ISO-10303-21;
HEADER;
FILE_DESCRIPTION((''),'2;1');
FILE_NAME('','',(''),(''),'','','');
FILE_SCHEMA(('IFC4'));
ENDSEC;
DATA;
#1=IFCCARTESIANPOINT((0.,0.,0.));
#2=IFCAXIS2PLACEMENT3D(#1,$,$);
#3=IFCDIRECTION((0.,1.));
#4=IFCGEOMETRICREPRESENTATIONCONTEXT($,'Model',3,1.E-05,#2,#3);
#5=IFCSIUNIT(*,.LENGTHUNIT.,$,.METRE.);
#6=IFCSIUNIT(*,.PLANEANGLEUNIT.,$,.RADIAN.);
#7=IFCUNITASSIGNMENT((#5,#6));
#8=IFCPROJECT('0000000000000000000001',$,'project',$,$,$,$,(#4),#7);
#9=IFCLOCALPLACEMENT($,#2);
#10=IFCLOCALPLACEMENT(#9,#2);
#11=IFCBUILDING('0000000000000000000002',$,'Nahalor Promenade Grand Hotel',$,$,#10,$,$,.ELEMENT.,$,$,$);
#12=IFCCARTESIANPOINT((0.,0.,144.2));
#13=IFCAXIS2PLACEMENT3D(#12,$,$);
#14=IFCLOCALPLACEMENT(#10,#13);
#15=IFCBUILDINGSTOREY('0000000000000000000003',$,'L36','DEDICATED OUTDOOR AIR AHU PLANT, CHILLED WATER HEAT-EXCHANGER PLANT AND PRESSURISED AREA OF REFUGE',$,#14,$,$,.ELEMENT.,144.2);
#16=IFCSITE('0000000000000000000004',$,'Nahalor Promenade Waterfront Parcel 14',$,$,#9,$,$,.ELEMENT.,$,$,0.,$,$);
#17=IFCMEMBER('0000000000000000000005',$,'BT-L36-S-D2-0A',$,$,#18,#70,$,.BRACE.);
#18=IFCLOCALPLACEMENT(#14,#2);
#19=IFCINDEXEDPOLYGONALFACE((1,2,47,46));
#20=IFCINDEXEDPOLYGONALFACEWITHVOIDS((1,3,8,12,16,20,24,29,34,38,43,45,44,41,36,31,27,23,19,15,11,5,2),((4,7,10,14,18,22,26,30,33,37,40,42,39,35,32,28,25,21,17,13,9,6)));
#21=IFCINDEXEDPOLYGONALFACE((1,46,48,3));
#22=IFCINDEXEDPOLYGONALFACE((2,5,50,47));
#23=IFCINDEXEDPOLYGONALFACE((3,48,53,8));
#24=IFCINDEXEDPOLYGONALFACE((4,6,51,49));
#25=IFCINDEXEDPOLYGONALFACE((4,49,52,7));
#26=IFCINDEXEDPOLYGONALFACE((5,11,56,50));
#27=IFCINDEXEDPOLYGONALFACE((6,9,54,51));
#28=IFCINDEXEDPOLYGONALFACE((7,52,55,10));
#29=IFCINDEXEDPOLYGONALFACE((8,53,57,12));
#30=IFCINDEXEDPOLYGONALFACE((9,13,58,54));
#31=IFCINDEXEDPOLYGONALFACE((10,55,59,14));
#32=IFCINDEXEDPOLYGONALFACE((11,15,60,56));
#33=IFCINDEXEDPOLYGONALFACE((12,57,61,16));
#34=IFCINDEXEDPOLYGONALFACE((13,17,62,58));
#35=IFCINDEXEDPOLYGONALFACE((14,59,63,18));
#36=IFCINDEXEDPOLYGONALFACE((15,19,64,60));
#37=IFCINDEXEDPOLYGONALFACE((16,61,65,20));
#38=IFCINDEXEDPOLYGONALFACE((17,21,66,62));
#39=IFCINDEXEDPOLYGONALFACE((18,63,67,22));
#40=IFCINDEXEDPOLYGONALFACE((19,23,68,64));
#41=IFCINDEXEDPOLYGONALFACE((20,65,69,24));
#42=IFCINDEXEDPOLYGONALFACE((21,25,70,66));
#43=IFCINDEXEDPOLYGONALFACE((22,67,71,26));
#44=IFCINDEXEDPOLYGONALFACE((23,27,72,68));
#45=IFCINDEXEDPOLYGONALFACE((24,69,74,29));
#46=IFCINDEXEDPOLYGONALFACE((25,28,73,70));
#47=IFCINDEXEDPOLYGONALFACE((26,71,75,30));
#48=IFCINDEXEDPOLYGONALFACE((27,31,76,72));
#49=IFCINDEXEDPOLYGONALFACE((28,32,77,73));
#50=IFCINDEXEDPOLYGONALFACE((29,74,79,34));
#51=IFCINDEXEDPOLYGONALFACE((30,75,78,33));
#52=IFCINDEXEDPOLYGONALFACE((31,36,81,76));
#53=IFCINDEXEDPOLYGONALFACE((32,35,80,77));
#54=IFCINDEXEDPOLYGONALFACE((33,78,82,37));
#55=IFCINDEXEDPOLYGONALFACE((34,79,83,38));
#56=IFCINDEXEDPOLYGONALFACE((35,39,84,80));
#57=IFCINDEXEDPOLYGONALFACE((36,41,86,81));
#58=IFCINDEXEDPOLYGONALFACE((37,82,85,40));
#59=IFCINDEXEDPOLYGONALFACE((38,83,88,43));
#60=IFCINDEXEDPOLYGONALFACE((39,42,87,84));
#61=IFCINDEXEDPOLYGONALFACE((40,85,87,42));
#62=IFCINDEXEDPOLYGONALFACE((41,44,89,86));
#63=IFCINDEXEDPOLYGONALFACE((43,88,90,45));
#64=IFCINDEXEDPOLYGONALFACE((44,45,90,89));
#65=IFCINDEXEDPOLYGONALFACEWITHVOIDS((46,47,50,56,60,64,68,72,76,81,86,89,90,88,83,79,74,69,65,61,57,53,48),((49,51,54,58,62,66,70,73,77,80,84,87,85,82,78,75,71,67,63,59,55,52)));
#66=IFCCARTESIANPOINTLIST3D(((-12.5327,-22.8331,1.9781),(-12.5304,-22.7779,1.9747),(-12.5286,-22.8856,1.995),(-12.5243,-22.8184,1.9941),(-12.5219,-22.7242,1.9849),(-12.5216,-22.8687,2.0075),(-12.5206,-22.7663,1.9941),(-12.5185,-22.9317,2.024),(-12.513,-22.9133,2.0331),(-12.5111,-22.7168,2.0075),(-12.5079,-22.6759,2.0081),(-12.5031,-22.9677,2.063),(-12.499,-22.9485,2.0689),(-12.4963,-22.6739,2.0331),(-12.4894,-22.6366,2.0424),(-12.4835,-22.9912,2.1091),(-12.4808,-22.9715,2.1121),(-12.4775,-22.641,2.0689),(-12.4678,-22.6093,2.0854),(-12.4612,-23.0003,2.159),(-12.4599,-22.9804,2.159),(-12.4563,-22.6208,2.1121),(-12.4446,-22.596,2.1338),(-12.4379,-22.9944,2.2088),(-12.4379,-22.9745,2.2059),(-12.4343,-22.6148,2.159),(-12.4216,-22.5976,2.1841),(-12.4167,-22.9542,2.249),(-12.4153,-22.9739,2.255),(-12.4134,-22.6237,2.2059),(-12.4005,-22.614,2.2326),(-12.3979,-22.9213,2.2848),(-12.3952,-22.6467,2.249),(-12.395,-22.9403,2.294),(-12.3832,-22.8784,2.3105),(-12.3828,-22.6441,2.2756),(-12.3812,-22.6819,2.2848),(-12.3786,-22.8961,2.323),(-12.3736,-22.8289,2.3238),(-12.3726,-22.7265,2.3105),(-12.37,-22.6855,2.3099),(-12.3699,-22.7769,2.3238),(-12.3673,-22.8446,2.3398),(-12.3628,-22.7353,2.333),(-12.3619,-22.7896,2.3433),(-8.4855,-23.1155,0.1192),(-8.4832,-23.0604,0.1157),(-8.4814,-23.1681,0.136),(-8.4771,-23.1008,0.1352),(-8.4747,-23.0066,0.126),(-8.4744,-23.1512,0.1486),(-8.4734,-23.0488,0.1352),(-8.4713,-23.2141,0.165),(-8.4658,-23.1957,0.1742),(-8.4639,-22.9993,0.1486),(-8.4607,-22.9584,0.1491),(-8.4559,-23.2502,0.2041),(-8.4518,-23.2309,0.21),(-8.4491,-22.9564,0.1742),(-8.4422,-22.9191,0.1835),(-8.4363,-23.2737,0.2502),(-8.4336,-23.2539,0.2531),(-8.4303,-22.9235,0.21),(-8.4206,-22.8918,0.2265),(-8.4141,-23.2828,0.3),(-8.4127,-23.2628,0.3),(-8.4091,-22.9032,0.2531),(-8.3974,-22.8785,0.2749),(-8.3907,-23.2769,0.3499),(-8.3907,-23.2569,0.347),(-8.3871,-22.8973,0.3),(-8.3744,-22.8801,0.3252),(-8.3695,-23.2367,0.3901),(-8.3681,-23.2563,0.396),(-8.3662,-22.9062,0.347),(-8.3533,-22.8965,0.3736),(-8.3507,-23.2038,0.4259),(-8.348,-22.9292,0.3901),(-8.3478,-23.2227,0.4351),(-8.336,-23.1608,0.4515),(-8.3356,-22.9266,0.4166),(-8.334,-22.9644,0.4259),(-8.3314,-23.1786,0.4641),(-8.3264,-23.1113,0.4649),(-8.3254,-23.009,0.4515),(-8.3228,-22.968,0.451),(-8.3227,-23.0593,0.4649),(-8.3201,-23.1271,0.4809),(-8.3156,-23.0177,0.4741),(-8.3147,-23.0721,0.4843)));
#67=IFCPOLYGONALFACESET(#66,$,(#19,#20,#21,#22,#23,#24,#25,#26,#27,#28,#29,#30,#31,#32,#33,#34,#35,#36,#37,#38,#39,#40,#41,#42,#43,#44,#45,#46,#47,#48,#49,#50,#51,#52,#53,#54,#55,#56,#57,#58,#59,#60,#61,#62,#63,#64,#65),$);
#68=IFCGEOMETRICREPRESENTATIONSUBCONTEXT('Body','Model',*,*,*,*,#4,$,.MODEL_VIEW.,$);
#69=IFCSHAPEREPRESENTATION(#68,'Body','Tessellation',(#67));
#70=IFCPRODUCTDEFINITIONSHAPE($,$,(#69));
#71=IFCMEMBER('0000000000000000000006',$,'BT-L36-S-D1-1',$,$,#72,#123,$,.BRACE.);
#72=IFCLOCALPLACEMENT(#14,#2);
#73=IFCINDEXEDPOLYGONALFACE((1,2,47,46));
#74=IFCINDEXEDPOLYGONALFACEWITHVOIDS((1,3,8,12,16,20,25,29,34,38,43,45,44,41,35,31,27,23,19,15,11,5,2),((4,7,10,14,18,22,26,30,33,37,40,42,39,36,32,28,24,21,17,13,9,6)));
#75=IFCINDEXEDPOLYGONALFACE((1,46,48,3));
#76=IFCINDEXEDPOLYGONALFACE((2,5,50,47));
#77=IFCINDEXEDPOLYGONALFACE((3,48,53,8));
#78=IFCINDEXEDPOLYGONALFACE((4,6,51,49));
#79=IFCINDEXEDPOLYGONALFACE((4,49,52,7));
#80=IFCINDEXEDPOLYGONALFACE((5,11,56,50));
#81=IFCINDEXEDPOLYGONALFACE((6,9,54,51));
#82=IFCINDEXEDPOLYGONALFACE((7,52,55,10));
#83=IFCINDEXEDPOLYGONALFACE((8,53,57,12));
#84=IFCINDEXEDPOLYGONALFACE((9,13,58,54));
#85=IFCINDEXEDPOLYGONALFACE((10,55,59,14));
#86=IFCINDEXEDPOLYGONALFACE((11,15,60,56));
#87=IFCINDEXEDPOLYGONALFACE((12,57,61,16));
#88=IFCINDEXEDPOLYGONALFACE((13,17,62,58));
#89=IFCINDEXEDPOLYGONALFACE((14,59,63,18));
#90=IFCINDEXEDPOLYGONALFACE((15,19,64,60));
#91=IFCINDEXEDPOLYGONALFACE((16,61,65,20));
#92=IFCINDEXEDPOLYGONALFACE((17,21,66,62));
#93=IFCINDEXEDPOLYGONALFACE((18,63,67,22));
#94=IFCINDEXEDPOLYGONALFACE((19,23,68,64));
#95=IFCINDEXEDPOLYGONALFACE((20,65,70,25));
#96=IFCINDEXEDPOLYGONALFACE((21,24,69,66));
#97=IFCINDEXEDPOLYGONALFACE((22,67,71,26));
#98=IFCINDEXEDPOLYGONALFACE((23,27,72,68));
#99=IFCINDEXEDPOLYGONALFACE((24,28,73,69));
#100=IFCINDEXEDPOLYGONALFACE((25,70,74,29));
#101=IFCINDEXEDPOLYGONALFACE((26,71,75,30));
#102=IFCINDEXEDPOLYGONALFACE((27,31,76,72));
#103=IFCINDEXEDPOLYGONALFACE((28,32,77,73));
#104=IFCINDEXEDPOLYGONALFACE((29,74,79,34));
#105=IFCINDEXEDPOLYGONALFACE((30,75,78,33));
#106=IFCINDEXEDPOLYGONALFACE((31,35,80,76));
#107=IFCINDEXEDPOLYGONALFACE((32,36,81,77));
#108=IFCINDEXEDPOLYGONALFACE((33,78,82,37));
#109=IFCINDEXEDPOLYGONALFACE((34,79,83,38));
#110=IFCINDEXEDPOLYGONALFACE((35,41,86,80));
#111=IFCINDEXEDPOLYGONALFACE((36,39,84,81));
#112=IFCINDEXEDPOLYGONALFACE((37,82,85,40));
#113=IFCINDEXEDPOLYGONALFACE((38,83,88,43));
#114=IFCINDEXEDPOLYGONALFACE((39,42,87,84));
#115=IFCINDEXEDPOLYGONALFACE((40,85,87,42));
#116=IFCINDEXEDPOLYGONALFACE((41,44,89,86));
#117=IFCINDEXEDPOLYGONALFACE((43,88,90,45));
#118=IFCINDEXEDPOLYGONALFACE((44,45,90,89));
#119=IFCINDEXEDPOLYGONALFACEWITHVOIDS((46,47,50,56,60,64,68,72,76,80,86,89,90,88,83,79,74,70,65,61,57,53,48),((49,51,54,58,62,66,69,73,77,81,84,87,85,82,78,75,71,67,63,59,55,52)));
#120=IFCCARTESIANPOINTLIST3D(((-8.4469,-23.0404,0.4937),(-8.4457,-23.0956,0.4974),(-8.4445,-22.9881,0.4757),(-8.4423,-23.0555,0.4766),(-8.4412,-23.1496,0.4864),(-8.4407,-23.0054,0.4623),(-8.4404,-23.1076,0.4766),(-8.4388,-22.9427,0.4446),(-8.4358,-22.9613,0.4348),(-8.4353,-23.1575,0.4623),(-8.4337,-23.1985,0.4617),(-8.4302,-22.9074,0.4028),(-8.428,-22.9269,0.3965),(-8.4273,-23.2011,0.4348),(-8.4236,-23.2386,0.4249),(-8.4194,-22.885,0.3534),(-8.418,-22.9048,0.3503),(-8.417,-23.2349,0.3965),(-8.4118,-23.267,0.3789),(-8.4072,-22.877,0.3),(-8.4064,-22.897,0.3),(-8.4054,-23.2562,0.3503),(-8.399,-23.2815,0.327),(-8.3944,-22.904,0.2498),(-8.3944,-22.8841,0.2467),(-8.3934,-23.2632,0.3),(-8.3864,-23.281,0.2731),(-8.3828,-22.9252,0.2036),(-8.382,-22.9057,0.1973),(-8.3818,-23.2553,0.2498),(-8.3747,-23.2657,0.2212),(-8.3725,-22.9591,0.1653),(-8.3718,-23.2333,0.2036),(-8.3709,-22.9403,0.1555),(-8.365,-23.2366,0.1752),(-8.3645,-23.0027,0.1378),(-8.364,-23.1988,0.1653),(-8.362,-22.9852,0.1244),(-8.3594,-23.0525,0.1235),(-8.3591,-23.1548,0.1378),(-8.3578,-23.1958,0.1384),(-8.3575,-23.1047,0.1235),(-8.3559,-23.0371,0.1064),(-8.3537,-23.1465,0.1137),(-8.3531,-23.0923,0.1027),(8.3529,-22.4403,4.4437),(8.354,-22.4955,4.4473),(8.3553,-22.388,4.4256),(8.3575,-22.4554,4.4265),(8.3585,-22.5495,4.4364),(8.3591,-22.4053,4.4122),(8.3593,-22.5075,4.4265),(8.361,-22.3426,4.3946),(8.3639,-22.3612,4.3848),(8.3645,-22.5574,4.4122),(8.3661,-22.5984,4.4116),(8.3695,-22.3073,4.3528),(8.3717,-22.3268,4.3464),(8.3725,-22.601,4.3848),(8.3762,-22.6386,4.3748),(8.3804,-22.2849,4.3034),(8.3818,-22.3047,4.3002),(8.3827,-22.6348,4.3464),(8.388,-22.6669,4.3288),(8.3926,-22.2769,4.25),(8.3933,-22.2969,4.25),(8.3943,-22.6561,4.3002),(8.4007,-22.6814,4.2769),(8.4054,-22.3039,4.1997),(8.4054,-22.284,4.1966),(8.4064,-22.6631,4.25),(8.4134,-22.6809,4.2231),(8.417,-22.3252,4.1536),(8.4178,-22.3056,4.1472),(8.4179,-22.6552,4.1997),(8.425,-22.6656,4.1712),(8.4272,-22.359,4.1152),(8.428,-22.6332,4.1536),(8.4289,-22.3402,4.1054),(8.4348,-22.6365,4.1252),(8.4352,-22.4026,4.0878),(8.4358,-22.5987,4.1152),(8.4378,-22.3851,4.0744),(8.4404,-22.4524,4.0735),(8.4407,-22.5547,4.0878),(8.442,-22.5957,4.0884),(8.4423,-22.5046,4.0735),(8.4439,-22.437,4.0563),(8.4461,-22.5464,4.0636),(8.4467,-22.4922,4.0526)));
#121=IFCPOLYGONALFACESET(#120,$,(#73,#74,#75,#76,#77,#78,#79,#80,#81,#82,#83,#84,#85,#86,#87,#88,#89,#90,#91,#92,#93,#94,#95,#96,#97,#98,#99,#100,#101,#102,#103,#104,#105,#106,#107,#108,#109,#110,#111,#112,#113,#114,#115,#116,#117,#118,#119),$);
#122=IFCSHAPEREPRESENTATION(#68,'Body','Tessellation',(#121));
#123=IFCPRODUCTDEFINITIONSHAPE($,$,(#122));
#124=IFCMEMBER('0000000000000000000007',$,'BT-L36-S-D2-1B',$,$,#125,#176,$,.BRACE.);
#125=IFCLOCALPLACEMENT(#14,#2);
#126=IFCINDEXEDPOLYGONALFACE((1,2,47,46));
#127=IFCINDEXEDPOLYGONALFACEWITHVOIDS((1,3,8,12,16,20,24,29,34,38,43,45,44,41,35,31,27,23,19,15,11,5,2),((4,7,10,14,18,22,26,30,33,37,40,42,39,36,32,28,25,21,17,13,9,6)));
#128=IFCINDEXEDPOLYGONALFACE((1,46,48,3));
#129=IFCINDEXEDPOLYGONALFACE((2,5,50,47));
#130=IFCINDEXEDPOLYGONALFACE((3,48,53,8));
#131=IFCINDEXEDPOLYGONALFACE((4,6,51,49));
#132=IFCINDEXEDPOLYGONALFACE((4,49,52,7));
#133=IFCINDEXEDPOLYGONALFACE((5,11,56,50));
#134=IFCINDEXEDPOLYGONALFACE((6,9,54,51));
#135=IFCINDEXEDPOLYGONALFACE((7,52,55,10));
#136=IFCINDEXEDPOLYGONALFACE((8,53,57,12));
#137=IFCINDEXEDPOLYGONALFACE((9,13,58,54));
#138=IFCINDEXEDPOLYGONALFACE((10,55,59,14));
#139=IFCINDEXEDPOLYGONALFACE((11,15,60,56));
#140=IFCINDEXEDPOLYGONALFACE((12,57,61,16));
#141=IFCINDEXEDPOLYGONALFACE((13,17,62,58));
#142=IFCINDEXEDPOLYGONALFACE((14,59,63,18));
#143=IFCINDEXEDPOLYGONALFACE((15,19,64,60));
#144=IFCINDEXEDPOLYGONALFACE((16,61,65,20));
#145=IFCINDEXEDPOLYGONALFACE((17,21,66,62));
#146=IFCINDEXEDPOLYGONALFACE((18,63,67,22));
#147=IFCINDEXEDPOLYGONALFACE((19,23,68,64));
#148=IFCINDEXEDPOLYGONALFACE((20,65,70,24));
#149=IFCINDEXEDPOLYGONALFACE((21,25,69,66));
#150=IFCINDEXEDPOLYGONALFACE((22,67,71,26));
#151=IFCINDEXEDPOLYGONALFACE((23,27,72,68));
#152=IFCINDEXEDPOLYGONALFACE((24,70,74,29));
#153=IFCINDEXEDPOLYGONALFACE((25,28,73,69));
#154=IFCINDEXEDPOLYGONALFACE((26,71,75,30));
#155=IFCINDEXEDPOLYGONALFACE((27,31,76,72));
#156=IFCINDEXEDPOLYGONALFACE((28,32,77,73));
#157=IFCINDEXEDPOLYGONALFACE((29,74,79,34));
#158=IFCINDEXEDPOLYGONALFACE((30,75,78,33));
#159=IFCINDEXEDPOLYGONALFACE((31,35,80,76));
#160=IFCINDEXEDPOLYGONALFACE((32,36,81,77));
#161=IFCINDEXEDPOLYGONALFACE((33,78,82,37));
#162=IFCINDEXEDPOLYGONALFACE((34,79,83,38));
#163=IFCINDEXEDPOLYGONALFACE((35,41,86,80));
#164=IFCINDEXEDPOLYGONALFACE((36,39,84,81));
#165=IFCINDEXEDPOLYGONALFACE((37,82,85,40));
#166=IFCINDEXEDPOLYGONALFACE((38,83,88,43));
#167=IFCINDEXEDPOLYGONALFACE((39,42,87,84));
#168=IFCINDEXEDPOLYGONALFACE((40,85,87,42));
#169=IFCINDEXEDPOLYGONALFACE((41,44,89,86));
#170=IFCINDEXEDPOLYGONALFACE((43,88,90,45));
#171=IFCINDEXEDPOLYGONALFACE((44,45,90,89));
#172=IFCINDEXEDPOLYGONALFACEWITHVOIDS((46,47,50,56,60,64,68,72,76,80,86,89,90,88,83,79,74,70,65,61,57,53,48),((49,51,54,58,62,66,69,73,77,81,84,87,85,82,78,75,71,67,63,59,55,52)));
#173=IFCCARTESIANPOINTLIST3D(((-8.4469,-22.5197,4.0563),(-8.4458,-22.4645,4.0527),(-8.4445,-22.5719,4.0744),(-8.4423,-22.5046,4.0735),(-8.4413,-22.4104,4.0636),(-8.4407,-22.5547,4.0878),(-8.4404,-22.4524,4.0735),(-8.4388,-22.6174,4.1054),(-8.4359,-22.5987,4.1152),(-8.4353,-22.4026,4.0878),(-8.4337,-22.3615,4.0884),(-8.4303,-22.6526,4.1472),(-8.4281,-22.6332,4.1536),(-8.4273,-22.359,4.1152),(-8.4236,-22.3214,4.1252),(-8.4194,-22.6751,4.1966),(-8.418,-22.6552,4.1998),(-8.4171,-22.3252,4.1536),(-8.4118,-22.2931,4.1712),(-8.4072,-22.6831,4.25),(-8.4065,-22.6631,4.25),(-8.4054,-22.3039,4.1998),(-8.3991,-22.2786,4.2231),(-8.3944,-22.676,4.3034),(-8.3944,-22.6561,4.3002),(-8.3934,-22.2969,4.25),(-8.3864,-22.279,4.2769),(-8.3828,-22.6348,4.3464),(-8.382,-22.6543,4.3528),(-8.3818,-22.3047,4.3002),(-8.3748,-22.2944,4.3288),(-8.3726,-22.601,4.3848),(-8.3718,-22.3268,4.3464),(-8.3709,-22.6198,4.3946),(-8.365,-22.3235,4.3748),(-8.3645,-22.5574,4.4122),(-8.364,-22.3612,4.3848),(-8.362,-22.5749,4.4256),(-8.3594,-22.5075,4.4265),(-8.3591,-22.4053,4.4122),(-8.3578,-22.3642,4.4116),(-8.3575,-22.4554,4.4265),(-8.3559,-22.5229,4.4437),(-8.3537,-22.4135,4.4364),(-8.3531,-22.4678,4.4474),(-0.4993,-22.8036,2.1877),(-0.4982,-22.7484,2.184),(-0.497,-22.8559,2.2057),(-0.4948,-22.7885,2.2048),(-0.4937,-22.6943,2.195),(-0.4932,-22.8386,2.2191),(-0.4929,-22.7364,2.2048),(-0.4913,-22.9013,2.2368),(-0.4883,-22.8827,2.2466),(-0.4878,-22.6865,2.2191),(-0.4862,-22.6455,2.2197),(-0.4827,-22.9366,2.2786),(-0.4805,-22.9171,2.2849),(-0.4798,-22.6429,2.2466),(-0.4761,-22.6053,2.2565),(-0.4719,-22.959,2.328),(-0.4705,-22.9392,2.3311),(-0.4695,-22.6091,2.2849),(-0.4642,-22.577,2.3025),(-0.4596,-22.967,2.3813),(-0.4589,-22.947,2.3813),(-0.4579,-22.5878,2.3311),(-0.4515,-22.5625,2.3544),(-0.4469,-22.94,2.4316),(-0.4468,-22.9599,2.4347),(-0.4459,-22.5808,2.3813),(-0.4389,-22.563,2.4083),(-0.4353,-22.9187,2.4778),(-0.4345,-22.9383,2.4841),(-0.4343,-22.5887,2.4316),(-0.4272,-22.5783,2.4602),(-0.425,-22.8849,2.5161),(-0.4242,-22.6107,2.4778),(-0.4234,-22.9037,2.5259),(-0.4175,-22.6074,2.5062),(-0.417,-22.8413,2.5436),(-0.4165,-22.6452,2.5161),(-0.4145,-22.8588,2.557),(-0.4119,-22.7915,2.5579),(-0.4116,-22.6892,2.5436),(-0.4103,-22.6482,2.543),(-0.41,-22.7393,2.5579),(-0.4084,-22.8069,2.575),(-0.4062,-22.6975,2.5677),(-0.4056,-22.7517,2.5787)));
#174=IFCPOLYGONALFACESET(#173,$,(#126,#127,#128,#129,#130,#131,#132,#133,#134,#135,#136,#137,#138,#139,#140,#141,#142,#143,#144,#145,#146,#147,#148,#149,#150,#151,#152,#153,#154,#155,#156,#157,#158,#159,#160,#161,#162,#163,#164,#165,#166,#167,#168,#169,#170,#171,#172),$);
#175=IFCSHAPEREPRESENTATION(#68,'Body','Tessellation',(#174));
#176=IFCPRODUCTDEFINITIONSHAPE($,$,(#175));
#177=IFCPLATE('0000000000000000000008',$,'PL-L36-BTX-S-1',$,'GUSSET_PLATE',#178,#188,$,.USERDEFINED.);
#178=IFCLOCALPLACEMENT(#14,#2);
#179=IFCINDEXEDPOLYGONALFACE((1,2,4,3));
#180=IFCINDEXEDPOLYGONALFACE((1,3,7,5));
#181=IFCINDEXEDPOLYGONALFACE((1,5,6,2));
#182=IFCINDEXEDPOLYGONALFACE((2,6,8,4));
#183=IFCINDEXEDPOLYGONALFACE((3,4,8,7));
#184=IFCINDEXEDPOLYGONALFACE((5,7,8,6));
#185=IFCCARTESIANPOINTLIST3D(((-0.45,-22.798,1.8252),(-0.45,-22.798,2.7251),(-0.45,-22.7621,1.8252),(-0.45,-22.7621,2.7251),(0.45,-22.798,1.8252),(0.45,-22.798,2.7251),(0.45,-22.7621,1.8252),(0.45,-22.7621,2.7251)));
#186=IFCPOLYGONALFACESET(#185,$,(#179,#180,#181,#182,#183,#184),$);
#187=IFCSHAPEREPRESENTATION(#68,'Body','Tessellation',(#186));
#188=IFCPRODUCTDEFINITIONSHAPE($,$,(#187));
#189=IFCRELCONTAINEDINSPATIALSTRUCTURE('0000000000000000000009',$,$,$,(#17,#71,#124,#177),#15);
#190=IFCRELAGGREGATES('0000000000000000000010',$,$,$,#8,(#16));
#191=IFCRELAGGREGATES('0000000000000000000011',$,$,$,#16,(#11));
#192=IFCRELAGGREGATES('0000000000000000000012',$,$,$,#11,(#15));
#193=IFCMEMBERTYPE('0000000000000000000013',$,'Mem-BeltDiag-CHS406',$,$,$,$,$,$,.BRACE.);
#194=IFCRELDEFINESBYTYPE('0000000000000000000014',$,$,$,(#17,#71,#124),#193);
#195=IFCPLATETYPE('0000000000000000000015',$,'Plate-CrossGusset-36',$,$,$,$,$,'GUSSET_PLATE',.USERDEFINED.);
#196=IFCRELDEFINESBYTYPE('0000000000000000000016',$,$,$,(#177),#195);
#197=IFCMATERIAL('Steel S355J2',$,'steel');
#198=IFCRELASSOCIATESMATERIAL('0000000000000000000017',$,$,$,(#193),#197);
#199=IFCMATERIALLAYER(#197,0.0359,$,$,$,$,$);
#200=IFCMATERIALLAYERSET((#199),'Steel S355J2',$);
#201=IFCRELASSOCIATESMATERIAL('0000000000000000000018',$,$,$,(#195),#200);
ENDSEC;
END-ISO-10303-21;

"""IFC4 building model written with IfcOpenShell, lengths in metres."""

from ifc_helpers import new_model, si_unit, direction, frame, origin, origin_2d, place, context, subcontext, project, spatial, rectangle, hollow_circle, extrude, source, transform, mapped, material, layer, layer_set, material_profile, profile_set, type_object, element, save


model = new_model("IFC4")

# Units and contexts
model_context = context("Model", 3, precision=1e-05, world=origin(), true_north=direction((0.0, 1.0)))
body_context = subcontext(model_context, "Body", "Model", "MODEL_VIEW")
ifc_project = project(units=[si_unit("LENGTHUNIT", "METRE"), si_unit("PLANEANGLEUNIT", "RADIAN")], contexts=[model_context])

# Site, building, storey
site_placement = place(None, origin())
site = spatial("IfcSite", under=ifc_project, at=site_placement, Name="Nahalor Promenade Waterfront Parcel 14", CompositionType="ELEMENT", RefElevation=0.0)
building_placement = place(site_placement, origin())
building = spatial("IfcBuilding", under=site, at=building_placement, Name="Nahalor Promenade Grand Hotel", CompositionType="ELEMENT")
storey_placement = place(building_placement, frame((0.0, 0.0, 144.2)))
storey = spatial("IfcBuildingStorey", under=building, at=storey_placement, Name="L36", Description="DEDICATED OUTDOOR AIR AHU PLANT, CHILLED WATER HEAT-EXCHANGER PLANT AND PRESSURISED AREA OF REFUGE", CompositionType="ELEMENT", Elevation=144.2)

# Shared definitions
ifc_material_1 = material(Name="Steel S355J2", Category="steel")

# Members
ifc_material_profile_1 = material_profile(ifc_material_1, hollow_circle(Radius=0.2032, WallThickness=0.02, at=origin_2d()), Name="CHS 406.4x20")
ifc_profile_set_1 = profile_set([ifc_material_profile_1], Name="Steel S355J2")
member_type = type_object("IfcMemberType", Name="Mem-BeltDiag-CHS406", PredefinedType="BRACE", material=ifc_profile_set_1)
shared_shape_1 = source(origin(), body_context, "Body", "SweptSolid", [
    extrude(hollow_circle(Radius=0.2032, WallThickness=0.02, at=origin_2d()), origin(), (0.0, 0.0, 1.0), 4.4626),
])
member_1_placement = place(storey_placement, frame((-8.3999, -23.0801, 0.3), z_axis=(-0.906906, 0.063298, 0.416552), x_axis=(-0.069626, -0.997573, 0.0)))
element("IfcMember", 1, at=member_1_placement, inside=storey, type_object=member_type, Name="BT-L36-S-D2-0A", PredefinedType="BRACE", context=body_context, shape_type="MappedRepresentation", body=[
    mapped(shared_shape_1, transform((0.0, 0.0, 0.0), scale=1.0)),
])
shared_shape_2 = source(origin(), body_context, "Body", "SweptSolid", [
    extrude(hollow_circle(Radius=0.2032, WallThickness=0.02, at=origin_2d()), origin(), (0.0, 0.0, 1.0), 17.2683),
])
member_2_placement = place(storey_placement, frame((-8.3999, -23.0801, 0.3), z_axis=(0.972867, 0.034751, 0.228739), x_axis=(-0.035698, 0.999363, 0.0)))
element("IfcMember", 2, at=member_2_placement, inside=storey, type_object=member_type, Name="BT-L36-S-D1-1", PredefinedType="BRACE", context=body_context, shape_type="MappedRepresentation", body=[
    mapped(shared_shape_2, transform((0.0, 0.0, 0.0), scale=1.0)),
])
shared_shape_3 = source(origin(), body_context, "Body", "SweptSolid", [
    extrude(hollow_circle(Radius=0.2032, WallThickness=0.02, at=origin_2d()), origin(), (0.0, 0.0, 1.0), 8.1692),
])
member_3_placement = place(storey_placement, frame((-0.4524, -22.7639, 2.3813), z_axis=(-0.972866, 0.034757, 0.228744), x_axis=(-0.035704, -0.999362, 0.0)))
element("IfcMember", 3, at=member_3_placement, inside=storey, type_object=member_type, Name="BT-L36-S-D2-1B", PredefinedType="BRACE", context=body_context, shape_type="MappedRepresentation", body=[
    mapped(shared_shape_3, transform((0.0, 0.0, 0.0), scale=1.0)),
])

# Plate
ifc_layer_1 = layer(ifc_material_1, 0.0359)
ifc_layer_set_1 = layer_set([ifc_layer_1], Name="Steel S355J2")
plate_type_1 = type_object("IfcPlateType", Name="Plate-CrossGusset-36", ElementType="GUSSET_PLATE", PredefinedType="USERDEFINED", material=ifc_layer_set_1)
shared_shape_4 = source(origin(), body_context, "Body", "SweptSolid", [
    extrude(rectangle(XDim=0.8999, YDim=0.0359, at=origin_2d()), origin(), (0.0, 0.0, 1.0), 0.8999),
])
plate_1_placement = place(storey_placement, frame((0.0, -22.78, 1.8252), z_axis=(0.0, 0.0, 1.0), x_axis=(1.0, 0.0, 0.0)))
element("IfcPlate", 4, at=plate_1_placement, inside=storey, type_object=plate_type_1, Name="PL-L36-BTX-S-1", ObjectType="GUSSET_PLATE", PredefinedType="USERDEFINED", context=body_context, shape_type="MappedRepresentation", body=[
    mapped(shared_shape_4, transform((0.0, 0.0, 0.0), scale=1.0)),
])

save(model, "model.ifc")
